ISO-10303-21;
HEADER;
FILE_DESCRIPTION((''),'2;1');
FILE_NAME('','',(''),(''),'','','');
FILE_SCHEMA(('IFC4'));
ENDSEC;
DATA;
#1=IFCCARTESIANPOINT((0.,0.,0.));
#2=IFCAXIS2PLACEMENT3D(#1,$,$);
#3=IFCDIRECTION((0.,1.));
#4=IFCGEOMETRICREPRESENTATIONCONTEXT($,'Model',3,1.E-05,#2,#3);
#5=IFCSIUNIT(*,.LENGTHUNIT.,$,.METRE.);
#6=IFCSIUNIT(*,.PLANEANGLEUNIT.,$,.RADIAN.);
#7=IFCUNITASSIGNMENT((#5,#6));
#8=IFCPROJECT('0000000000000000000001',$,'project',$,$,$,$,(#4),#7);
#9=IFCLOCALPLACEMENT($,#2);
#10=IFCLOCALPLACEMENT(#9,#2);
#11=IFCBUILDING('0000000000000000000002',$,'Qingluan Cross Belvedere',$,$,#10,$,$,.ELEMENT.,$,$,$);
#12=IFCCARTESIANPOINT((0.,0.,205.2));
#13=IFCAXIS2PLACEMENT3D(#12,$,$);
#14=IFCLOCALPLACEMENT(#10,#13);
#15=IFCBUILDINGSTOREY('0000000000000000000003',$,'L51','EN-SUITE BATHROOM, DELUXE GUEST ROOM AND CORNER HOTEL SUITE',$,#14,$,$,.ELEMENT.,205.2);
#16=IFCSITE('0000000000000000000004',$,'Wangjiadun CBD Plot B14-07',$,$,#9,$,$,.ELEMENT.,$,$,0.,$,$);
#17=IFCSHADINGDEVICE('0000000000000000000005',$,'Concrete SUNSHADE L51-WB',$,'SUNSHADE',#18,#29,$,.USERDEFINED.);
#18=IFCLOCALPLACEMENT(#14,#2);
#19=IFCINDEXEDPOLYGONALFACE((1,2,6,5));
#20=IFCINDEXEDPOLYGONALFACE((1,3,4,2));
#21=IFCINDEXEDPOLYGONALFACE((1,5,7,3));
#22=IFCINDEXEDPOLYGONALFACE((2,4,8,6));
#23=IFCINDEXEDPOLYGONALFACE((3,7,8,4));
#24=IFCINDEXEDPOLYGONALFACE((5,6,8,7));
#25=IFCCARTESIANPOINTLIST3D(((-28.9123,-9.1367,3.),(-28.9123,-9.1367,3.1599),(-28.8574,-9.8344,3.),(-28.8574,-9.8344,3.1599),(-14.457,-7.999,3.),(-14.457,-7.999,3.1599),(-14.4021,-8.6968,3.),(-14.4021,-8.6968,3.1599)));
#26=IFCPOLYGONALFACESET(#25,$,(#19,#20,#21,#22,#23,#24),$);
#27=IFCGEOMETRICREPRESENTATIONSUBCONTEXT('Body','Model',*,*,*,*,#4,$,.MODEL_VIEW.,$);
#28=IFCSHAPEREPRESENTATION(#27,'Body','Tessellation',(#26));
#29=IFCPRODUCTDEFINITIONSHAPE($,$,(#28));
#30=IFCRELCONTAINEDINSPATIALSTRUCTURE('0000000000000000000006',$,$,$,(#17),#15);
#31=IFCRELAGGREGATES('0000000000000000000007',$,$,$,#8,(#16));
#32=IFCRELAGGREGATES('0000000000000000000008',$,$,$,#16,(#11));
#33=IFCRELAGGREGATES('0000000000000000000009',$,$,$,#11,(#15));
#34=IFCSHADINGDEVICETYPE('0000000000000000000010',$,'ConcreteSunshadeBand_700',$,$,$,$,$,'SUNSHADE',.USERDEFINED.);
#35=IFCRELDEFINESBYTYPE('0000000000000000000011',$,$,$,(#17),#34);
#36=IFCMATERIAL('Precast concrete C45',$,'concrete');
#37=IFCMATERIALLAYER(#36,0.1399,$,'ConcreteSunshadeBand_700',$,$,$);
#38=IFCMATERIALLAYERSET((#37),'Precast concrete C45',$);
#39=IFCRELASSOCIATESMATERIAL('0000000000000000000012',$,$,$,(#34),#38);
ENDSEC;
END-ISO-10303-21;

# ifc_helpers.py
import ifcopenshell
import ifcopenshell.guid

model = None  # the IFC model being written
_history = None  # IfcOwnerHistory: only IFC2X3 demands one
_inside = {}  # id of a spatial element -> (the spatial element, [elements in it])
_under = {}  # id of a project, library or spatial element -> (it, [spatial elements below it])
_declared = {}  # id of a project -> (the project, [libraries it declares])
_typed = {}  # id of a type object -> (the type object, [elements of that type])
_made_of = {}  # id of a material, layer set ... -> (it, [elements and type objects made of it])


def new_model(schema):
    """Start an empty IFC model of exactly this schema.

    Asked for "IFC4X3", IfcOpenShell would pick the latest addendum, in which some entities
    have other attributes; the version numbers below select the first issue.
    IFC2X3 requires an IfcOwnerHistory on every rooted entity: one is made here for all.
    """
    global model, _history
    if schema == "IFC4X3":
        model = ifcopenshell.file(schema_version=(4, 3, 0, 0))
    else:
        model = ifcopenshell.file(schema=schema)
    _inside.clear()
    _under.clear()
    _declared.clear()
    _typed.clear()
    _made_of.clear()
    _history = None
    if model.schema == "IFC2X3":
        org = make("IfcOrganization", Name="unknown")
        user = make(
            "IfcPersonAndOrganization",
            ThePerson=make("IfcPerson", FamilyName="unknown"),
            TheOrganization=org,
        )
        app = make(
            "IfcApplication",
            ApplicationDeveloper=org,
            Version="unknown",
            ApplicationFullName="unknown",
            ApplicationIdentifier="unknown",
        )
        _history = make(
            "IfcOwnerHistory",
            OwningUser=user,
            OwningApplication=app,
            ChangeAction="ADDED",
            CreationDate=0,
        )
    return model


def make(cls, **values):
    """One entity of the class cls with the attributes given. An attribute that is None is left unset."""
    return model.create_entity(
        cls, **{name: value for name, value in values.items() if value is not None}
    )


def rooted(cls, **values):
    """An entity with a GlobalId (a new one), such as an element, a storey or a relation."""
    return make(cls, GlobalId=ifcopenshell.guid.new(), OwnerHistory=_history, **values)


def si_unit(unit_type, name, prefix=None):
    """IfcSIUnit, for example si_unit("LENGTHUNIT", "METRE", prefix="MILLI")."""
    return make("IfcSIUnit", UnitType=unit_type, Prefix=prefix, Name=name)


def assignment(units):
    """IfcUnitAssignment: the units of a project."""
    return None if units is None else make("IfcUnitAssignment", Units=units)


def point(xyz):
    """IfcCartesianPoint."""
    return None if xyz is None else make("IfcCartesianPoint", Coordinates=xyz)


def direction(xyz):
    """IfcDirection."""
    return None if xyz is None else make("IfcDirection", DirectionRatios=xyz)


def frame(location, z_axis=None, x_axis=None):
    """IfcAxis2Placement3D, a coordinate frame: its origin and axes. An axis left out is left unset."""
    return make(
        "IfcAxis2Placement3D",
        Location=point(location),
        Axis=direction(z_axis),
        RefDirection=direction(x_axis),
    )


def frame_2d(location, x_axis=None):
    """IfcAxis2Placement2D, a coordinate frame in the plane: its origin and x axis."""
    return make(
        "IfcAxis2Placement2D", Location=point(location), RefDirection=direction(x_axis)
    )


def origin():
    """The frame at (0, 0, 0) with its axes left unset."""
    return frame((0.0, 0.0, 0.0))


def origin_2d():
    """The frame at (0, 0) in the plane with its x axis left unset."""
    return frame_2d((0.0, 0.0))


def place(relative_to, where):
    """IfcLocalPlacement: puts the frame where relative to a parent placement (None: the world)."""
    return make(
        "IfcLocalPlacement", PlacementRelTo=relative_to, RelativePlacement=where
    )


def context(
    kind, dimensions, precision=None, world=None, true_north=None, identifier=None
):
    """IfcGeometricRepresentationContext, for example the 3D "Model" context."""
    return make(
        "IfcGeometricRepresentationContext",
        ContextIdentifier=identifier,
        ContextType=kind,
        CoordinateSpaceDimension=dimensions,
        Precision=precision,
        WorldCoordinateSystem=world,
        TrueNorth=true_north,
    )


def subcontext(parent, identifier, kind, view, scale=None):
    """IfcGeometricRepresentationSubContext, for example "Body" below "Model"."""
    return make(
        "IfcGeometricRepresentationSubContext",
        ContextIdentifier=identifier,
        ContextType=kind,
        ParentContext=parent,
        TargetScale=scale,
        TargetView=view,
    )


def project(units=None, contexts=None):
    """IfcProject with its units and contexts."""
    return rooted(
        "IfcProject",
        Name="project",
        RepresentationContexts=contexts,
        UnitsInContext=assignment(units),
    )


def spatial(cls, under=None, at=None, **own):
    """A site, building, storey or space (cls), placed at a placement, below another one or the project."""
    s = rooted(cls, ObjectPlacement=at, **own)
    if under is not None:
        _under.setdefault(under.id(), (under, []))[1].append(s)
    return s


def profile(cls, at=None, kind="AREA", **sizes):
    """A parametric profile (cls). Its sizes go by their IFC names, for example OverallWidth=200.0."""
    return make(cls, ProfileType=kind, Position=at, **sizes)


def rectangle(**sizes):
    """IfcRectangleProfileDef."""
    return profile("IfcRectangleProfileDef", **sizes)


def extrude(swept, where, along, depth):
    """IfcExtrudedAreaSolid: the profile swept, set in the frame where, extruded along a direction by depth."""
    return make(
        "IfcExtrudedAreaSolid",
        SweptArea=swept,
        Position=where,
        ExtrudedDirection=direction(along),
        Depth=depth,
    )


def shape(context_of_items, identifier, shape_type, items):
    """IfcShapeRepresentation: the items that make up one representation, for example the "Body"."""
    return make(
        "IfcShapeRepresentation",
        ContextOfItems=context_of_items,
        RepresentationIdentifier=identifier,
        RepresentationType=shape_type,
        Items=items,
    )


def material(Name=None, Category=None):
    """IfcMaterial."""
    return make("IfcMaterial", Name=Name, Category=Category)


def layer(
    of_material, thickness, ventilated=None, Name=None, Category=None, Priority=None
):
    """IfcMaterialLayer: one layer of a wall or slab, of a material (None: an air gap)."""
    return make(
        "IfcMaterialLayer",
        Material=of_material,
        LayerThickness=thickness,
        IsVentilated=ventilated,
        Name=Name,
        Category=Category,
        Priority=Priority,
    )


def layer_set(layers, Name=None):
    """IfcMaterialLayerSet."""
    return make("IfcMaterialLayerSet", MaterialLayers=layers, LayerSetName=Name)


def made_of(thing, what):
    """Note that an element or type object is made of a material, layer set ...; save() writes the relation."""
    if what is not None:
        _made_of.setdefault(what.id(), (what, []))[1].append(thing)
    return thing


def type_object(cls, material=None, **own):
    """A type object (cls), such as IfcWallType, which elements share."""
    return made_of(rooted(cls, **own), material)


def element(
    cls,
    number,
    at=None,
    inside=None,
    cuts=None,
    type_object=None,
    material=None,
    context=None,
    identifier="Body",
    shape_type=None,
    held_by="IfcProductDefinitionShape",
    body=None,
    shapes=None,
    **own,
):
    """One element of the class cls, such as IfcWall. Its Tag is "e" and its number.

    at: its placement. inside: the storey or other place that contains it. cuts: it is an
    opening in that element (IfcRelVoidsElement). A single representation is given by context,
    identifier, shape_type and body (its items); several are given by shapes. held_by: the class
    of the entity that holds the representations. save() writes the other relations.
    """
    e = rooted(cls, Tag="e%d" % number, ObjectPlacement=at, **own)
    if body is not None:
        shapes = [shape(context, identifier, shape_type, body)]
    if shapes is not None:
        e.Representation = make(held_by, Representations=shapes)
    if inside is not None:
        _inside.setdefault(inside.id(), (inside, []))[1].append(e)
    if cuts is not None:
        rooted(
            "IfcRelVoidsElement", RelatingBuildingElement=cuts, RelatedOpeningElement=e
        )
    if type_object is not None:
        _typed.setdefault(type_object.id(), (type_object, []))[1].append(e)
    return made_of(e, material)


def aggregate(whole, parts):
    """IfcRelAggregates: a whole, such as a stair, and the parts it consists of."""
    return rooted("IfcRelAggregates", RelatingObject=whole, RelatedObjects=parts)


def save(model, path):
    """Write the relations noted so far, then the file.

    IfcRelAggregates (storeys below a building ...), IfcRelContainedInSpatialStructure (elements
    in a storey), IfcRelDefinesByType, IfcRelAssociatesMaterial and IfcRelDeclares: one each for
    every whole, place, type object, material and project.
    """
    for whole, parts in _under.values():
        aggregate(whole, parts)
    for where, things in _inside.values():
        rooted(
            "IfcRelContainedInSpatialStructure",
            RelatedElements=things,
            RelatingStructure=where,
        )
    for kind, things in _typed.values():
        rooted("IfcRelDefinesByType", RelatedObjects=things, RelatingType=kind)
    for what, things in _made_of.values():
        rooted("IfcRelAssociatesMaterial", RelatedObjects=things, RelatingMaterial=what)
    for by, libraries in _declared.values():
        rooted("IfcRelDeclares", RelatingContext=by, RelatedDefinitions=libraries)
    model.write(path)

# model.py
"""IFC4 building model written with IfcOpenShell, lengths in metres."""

from ifc_helpers import new_model, si_unit, direction, frame, origin, origin_2d, place, context, subcontext, project, spatial, rectangle, extrude, material, layer, layer_set, type_object, element, save


model = new_model("IFC4")

# Units and contexts
model_context = context("Model", 3, precision=1e-05, world=origin(), true_north=direction((0.0, 1.0)))
body_context = subcontext(model_context, "Body", "Model", "MODEL_VIEW")
ifc_project = project(units=[si_unit("LENGTHUNIT", "METRE"), si_unit("PLANEANGLEUNIT", "RADIAN")], contexts=[model_context])

# Site, building, storey
site_placement = place(None, origin())
site = spatial("IfcSite", under=ifc_project, at=site_placement, Name="Wangjiadun CBD Plot B14-07", CompositionType="ELEMENT", RefElevation=0.0)
building_placement = place(site_placement, origin())
building = spatial("IfcBuilding", under=site, at=building_placement, Name="Qingluan Cross Belvedere", CompositionType="ELEMENT")
storey_placement = place(building_placement, frame((0.0, 0.0, 205.2)))
storey = spatial("IfcBuildingStorey", under=building, at=storey_placement, Name="L51", Description="EN-SUITE BATHROOM, DELUXE GUEST ROOM AND CORNER HOTEL SUITE", CompositionType="ELEMENT", Elevation=205.2)

# Shading device
ifc_material_1 = material(Name="Precast concrete C45", Category="concrete")
ifc_layer_1 = layer(ifc_material_1, 0.1399, Name="ConcreteSunshadeBand_700")
ifc_layer_set_1 = layer_set([ifc_layer_1], Name="Precast concrete C45")
shading_device_type = type_object("IfcShadingDeviceType", Name="ConcreteSunshadeBand_700", ElementType="SUNSHADE", PredefinedType="USERDEFINED", material=ifc_layer_set_1)
shading_device_placement = place(storey_placement, frame((-21.6572, -8.9167, 3.0), z_axis=(0.0, 0.0, 1.0), x_axis=(0.996918, 0.078456, 0.0)))
element("IfcShadingDevice", 1, at=shading_device_placement, inside=storey, type_object=shading_device_type, Name="Concrete SUNSHADE L51-WB", ObjectType="SUNSHADE", PredefinedType="USERDEFINED", context=body_context, shape_type="SweptSolid", body=[
    extrude(rectangle(XDim=14.5, YDim=0.7, at=origin_2d()), origin(), (0.0, 0.0, 1.0), 0.1599),
])

save(model, "model.ifc")
